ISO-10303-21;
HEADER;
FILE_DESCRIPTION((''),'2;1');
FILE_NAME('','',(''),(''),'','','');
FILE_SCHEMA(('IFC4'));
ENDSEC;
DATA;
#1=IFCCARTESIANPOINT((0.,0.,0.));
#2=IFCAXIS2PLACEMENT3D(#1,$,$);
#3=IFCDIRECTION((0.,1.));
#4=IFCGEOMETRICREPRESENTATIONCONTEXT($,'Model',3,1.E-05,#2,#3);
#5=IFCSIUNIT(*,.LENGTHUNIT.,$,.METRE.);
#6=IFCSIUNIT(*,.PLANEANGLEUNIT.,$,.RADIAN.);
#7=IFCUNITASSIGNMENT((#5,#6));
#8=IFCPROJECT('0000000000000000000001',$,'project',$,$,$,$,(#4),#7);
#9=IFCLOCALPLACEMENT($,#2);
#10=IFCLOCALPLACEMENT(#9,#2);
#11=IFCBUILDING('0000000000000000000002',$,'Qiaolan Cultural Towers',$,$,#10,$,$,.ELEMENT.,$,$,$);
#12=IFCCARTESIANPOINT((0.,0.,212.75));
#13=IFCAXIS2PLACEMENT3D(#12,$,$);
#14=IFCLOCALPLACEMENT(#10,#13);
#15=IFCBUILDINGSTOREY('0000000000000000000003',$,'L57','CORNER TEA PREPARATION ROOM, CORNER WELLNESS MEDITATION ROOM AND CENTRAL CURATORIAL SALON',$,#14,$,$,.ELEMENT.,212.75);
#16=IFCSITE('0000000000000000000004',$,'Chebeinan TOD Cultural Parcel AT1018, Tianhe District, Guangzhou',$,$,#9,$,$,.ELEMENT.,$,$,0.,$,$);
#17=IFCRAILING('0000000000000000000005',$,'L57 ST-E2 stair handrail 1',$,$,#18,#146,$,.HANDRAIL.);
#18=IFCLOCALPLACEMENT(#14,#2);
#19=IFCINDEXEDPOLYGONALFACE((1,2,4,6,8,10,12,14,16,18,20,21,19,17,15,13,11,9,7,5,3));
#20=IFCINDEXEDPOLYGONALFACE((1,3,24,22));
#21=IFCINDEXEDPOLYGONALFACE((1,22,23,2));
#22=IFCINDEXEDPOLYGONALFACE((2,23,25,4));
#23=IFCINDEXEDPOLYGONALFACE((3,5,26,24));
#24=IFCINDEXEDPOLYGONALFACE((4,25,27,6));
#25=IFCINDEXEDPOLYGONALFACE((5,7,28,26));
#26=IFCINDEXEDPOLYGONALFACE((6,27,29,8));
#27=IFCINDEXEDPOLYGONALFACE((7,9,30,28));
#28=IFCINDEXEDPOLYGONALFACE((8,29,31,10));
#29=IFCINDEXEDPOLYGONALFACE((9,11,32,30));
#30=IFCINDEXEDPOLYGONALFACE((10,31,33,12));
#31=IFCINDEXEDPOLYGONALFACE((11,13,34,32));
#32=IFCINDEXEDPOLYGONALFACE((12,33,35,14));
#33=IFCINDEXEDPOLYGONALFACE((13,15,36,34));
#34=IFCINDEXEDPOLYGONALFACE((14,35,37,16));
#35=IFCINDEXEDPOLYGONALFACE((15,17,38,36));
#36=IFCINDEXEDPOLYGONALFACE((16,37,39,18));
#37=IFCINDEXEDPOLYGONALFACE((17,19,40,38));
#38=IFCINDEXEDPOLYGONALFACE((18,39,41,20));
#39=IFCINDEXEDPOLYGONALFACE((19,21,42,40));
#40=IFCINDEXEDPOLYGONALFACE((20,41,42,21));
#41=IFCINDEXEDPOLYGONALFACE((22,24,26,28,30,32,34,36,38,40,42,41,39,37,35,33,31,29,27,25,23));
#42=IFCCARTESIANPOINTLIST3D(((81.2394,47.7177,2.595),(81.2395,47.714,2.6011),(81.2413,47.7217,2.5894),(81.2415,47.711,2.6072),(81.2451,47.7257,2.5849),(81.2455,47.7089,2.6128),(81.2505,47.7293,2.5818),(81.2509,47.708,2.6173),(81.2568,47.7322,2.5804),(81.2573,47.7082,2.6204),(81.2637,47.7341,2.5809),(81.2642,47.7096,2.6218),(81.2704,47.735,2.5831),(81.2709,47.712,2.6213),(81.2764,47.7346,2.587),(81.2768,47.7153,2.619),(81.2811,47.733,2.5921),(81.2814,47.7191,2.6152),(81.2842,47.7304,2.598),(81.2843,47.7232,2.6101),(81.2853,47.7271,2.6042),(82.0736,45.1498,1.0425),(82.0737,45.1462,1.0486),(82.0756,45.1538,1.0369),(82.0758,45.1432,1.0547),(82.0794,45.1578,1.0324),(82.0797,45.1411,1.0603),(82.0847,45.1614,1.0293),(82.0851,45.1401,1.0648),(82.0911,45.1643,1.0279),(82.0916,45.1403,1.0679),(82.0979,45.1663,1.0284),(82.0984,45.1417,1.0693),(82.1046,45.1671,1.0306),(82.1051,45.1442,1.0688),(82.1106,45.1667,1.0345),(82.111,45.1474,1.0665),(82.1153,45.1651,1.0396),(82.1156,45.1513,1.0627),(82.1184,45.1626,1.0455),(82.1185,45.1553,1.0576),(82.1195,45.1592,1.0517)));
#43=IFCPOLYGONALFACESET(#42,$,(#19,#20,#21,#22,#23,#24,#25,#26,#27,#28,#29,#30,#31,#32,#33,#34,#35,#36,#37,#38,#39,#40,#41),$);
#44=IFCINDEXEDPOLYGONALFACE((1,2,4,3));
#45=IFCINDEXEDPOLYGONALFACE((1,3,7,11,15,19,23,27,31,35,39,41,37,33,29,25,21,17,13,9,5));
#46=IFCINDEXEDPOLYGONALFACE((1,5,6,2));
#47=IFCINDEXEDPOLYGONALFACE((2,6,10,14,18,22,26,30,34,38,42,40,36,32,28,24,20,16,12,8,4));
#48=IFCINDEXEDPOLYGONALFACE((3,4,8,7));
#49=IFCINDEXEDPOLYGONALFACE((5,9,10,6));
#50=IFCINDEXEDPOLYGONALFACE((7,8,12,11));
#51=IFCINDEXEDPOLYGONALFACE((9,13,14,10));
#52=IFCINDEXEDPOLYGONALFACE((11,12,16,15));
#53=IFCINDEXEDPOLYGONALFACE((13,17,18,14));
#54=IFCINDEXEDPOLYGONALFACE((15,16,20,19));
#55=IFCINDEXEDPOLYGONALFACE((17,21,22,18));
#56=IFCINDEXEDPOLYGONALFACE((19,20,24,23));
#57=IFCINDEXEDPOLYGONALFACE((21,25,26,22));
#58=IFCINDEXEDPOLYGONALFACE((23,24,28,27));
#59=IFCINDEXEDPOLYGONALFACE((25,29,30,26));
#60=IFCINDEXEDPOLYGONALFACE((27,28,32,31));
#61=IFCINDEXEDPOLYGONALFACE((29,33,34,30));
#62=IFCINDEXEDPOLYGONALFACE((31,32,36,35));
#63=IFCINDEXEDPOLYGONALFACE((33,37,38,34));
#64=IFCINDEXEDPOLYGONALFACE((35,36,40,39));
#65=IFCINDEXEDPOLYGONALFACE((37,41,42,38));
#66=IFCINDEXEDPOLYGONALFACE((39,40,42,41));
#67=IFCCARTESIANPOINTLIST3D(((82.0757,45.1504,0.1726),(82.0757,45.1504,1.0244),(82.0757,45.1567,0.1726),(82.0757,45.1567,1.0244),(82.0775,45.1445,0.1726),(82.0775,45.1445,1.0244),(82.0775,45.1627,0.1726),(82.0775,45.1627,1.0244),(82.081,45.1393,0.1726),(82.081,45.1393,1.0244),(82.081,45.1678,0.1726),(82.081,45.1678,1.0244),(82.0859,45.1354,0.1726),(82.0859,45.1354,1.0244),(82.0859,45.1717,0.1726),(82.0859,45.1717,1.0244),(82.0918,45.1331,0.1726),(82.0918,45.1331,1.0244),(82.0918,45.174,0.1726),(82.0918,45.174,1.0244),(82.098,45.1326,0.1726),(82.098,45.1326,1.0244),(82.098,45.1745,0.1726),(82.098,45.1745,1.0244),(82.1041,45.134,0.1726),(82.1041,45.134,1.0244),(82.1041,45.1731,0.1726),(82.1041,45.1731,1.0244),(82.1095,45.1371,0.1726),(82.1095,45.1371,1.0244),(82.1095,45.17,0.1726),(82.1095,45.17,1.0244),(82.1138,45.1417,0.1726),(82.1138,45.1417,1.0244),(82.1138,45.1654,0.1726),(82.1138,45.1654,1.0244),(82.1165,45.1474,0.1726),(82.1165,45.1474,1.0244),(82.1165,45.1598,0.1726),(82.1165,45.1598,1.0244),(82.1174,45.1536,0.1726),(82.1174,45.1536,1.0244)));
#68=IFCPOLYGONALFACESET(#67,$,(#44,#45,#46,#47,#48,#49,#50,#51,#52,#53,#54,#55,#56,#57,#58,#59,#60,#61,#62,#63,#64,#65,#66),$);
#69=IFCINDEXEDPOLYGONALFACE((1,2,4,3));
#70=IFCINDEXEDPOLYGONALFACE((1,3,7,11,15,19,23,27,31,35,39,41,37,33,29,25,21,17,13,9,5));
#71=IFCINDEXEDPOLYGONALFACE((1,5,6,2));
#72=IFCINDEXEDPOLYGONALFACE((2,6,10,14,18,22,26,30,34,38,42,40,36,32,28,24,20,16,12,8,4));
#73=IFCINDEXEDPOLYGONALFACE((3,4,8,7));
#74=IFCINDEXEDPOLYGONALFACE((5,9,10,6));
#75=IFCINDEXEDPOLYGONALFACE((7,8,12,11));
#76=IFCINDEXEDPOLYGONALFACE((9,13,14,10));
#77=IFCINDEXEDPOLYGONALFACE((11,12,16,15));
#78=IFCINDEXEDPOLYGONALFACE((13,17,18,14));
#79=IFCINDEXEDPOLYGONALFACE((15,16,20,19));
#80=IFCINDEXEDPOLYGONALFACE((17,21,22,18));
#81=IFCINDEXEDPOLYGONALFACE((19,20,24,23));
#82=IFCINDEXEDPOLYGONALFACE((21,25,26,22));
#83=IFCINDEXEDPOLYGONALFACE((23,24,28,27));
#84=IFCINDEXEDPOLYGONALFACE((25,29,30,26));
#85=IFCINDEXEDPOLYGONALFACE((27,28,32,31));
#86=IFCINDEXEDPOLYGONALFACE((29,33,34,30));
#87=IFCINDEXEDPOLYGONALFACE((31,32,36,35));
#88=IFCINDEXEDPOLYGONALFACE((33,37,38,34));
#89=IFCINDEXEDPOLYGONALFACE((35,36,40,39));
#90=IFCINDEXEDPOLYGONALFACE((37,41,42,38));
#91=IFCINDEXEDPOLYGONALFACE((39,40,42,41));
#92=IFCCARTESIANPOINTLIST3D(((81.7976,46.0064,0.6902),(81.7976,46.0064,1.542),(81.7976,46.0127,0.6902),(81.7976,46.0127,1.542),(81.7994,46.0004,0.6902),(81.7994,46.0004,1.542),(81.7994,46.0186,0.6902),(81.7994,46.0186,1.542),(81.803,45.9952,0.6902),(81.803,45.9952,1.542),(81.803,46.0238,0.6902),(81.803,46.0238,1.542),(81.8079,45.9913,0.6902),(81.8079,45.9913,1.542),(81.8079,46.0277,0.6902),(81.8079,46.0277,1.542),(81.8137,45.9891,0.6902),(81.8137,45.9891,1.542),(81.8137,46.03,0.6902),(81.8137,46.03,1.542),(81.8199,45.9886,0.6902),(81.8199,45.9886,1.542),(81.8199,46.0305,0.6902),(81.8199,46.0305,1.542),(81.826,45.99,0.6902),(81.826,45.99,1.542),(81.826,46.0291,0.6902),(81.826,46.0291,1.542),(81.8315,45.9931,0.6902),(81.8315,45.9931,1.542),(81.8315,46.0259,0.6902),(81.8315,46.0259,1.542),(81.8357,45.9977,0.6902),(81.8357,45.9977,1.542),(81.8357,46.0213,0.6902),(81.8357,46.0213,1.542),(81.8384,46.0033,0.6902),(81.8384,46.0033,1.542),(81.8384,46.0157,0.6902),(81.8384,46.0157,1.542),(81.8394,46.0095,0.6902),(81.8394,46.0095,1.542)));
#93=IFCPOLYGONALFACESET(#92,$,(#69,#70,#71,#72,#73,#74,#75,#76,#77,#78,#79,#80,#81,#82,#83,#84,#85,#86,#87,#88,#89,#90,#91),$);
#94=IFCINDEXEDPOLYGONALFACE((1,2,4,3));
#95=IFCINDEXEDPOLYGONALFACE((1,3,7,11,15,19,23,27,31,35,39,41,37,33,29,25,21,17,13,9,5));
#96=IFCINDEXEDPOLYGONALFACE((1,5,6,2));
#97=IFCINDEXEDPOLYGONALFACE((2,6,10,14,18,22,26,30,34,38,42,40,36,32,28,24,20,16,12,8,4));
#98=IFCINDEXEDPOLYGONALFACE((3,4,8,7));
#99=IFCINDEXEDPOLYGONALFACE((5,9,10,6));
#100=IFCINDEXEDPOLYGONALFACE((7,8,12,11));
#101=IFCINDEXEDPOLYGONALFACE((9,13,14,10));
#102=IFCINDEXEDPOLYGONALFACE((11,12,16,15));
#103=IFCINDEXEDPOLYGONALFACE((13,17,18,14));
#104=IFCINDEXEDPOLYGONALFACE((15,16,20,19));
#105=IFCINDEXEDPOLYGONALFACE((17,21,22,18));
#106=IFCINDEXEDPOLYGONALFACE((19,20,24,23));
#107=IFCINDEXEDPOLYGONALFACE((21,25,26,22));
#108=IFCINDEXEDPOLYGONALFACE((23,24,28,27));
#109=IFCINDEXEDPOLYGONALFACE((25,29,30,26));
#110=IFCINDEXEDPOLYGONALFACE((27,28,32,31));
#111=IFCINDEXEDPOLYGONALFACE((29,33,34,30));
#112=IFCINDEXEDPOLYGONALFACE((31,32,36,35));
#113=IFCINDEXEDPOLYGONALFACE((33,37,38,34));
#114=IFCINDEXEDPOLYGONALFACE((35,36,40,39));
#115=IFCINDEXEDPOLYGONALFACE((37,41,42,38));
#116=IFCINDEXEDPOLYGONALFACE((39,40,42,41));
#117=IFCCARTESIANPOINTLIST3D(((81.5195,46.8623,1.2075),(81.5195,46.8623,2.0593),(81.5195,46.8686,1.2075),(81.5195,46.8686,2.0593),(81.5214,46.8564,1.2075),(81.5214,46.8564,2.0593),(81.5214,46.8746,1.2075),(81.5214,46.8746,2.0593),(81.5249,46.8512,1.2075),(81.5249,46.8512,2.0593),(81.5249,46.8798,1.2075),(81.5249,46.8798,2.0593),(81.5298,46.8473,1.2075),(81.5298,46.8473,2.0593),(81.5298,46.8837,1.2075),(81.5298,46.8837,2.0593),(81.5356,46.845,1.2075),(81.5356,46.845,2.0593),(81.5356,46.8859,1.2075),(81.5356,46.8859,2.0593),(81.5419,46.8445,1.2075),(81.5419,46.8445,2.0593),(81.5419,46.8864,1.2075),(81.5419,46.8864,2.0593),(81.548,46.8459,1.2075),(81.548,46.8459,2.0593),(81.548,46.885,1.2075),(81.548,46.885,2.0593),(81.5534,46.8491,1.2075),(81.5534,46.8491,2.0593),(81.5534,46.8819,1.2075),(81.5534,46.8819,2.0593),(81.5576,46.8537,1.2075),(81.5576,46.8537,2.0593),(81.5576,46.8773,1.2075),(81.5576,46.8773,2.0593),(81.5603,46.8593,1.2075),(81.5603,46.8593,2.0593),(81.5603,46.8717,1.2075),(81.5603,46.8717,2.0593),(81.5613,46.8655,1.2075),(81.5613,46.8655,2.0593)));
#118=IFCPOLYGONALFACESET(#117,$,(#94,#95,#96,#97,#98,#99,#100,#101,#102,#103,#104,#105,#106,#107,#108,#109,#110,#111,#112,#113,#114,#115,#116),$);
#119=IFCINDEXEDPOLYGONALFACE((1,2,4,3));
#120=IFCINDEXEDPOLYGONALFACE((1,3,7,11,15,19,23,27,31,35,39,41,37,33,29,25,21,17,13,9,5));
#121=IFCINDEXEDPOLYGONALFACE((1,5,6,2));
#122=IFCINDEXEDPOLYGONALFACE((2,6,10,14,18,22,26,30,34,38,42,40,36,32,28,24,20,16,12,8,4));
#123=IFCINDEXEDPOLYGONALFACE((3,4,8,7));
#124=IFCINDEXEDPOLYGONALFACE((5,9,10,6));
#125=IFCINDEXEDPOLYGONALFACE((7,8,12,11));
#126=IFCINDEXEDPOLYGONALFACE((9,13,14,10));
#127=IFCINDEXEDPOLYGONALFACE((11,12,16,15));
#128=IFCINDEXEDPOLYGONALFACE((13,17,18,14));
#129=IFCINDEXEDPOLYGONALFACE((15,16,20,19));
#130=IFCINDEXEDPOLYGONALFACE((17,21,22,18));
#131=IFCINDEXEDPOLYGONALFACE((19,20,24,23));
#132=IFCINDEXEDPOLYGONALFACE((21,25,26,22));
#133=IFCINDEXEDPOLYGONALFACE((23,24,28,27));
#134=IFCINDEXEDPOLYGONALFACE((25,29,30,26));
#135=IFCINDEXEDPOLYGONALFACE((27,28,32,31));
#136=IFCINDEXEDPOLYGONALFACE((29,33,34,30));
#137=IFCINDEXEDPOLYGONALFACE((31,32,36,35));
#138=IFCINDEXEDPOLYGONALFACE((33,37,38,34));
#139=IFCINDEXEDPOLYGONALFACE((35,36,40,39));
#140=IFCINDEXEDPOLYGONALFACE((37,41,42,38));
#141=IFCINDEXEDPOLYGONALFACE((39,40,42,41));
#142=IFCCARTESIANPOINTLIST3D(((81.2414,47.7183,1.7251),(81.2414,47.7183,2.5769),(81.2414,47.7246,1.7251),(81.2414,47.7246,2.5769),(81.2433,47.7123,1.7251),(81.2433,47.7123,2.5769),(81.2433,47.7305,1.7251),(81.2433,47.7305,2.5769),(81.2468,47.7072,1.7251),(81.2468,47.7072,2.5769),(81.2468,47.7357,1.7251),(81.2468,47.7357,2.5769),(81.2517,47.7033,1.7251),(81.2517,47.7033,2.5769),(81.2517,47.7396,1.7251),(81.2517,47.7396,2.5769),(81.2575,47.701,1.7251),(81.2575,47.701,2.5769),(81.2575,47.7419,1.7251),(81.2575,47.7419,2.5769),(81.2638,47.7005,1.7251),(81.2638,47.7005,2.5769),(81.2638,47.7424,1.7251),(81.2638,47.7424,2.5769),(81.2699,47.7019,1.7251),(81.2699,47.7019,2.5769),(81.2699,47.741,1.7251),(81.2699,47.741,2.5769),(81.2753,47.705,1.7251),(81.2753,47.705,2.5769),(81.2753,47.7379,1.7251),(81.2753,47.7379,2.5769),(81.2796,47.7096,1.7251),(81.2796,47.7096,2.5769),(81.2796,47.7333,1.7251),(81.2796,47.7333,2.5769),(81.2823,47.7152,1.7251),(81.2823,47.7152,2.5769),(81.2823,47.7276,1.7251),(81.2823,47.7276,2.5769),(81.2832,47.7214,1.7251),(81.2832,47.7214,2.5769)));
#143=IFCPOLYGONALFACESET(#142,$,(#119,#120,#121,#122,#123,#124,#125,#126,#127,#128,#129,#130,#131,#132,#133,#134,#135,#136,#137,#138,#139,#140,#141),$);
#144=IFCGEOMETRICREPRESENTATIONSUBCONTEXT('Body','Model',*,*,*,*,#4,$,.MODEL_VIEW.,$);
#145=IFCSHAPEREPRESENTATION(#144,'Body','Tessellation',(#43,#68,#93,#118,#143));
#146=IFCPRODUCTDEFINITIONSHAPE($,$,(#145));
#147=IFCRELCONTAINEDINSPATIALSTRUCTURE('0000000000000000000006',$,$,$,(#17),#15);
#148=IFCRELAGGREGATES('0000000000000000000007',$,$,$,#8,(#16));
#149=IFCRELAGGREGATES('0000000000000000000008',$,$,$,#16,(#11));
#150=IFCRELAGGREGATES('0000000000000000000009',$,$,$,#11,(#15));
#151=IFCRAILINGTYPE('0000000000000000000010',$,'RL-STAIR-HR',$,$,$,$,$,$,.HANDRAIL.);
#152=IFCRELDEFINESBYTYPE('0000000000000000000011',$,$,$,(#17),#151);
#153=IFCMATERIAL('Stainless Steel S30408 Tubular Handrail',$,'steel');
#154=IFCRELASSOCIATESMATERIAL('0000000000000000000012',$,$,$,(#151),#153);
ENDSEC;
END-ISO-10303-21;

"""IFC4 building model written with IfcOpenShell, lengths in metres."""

from ifc_helpers import new_model, si_unit, direction, frame, origin, origin_2d, place, context, subcontext, project, spatial, circle, extrude, material, type_object, element, save


model = new_model("IFC4")

# Units and contexts
model_context = context("Model", 3, precision=1e-05, world=origin(), true_north=direction((0.0, 1.0)))
body_context = subcontext(model_context, "Body", "Model", "MODEL_VIEW")
ifc_project = project(units=[si_unit("LENGTHUNIT", "METRE"), si_unit("PLANEANGLEUNIT", "RADIAN")], contexts=[model_context])

# Site, building, storey
site_placement = place(None, origin())
site = spatial("IfcSite", under=ifc_project, at=site_placement, Name="Chebeinan TOD Cultural Parcel AT1018, Tianhe District, Guangzhou", CompositionType="ELEMENT", RefElevation=0.0)
building_placement = place(site_placement, origin())
building = spatial("IfcBuilding", under=site, at=building_placement, Name="Qiaolan Cultural Towers", CompositionType="ELEMENT")
storey_placement = place(building_placement, frame((0.0, 0.0, 212.75)))
storey = spatial("IfcBuildingStorey", under=building, at=storey_placement, Name="L57", Description="CORNER TEA PREPARATION ROOM, CORNER WELLNESS MEDITATION ROOM AND CENTRAL CURATORIAL SALON", CompositionType="ELEMENT", Elevation=212.75)

# Railing
ifc_material_1 = material(Name="Stainless Steel S30408 Tubular Handrail", Category="steel")
railing_type_1 = type_object("IfcRailingType", Name="RL-STAIR-HR", PredefinedType="HANDRAIL", material=ifc_material_1)
railing_1_placement = place(storey_placement, frame((82.0964, 45.1536, 0.1726)))
element("IfcRailing", 1, at=railing_1_placement, inside=storey, type_object=railing_type_1, Name="L57 ST-E2 stair handrail 1", PredefinedType="HANDRAIL", context=body_context, shape_type="SweptSolid", body=[
    extrude(circle(Radius=0.0239, at=origin_2d()), frame((0.0, 0.0, 0.876), z_axis=(-0.267853, 0.824488, 0.498471), x_axis=(-0.95107, -0.308976, 0.0)), (0.0, 0.0, 1.0), 3.1145),
    extrude(circle(Radius=0.021, at=origin_2d()), origin(), (0.0, 0.0, 1.0), 0.8518),
    extrude(circle(Radius=0.021, at=origin_2d()), frame((-0.2781, 0.856, 0.5176)), (0.0, 0.0, 1.0), 0.8518),
    extrude(circle(Radius=0.021, at=origin_2d()), frame((-0.5562, 1.7119, 1.0349)), (0.0, 0.0, 1.0), 0.8518),
    extrude(circle(Radius=0.021, at=origin_2d()), frame((-0.8342, 2.5679, 1.5525)), (0.0, 0.0, 1.0), 0.8518),
])

save(model, "model.ifc")
